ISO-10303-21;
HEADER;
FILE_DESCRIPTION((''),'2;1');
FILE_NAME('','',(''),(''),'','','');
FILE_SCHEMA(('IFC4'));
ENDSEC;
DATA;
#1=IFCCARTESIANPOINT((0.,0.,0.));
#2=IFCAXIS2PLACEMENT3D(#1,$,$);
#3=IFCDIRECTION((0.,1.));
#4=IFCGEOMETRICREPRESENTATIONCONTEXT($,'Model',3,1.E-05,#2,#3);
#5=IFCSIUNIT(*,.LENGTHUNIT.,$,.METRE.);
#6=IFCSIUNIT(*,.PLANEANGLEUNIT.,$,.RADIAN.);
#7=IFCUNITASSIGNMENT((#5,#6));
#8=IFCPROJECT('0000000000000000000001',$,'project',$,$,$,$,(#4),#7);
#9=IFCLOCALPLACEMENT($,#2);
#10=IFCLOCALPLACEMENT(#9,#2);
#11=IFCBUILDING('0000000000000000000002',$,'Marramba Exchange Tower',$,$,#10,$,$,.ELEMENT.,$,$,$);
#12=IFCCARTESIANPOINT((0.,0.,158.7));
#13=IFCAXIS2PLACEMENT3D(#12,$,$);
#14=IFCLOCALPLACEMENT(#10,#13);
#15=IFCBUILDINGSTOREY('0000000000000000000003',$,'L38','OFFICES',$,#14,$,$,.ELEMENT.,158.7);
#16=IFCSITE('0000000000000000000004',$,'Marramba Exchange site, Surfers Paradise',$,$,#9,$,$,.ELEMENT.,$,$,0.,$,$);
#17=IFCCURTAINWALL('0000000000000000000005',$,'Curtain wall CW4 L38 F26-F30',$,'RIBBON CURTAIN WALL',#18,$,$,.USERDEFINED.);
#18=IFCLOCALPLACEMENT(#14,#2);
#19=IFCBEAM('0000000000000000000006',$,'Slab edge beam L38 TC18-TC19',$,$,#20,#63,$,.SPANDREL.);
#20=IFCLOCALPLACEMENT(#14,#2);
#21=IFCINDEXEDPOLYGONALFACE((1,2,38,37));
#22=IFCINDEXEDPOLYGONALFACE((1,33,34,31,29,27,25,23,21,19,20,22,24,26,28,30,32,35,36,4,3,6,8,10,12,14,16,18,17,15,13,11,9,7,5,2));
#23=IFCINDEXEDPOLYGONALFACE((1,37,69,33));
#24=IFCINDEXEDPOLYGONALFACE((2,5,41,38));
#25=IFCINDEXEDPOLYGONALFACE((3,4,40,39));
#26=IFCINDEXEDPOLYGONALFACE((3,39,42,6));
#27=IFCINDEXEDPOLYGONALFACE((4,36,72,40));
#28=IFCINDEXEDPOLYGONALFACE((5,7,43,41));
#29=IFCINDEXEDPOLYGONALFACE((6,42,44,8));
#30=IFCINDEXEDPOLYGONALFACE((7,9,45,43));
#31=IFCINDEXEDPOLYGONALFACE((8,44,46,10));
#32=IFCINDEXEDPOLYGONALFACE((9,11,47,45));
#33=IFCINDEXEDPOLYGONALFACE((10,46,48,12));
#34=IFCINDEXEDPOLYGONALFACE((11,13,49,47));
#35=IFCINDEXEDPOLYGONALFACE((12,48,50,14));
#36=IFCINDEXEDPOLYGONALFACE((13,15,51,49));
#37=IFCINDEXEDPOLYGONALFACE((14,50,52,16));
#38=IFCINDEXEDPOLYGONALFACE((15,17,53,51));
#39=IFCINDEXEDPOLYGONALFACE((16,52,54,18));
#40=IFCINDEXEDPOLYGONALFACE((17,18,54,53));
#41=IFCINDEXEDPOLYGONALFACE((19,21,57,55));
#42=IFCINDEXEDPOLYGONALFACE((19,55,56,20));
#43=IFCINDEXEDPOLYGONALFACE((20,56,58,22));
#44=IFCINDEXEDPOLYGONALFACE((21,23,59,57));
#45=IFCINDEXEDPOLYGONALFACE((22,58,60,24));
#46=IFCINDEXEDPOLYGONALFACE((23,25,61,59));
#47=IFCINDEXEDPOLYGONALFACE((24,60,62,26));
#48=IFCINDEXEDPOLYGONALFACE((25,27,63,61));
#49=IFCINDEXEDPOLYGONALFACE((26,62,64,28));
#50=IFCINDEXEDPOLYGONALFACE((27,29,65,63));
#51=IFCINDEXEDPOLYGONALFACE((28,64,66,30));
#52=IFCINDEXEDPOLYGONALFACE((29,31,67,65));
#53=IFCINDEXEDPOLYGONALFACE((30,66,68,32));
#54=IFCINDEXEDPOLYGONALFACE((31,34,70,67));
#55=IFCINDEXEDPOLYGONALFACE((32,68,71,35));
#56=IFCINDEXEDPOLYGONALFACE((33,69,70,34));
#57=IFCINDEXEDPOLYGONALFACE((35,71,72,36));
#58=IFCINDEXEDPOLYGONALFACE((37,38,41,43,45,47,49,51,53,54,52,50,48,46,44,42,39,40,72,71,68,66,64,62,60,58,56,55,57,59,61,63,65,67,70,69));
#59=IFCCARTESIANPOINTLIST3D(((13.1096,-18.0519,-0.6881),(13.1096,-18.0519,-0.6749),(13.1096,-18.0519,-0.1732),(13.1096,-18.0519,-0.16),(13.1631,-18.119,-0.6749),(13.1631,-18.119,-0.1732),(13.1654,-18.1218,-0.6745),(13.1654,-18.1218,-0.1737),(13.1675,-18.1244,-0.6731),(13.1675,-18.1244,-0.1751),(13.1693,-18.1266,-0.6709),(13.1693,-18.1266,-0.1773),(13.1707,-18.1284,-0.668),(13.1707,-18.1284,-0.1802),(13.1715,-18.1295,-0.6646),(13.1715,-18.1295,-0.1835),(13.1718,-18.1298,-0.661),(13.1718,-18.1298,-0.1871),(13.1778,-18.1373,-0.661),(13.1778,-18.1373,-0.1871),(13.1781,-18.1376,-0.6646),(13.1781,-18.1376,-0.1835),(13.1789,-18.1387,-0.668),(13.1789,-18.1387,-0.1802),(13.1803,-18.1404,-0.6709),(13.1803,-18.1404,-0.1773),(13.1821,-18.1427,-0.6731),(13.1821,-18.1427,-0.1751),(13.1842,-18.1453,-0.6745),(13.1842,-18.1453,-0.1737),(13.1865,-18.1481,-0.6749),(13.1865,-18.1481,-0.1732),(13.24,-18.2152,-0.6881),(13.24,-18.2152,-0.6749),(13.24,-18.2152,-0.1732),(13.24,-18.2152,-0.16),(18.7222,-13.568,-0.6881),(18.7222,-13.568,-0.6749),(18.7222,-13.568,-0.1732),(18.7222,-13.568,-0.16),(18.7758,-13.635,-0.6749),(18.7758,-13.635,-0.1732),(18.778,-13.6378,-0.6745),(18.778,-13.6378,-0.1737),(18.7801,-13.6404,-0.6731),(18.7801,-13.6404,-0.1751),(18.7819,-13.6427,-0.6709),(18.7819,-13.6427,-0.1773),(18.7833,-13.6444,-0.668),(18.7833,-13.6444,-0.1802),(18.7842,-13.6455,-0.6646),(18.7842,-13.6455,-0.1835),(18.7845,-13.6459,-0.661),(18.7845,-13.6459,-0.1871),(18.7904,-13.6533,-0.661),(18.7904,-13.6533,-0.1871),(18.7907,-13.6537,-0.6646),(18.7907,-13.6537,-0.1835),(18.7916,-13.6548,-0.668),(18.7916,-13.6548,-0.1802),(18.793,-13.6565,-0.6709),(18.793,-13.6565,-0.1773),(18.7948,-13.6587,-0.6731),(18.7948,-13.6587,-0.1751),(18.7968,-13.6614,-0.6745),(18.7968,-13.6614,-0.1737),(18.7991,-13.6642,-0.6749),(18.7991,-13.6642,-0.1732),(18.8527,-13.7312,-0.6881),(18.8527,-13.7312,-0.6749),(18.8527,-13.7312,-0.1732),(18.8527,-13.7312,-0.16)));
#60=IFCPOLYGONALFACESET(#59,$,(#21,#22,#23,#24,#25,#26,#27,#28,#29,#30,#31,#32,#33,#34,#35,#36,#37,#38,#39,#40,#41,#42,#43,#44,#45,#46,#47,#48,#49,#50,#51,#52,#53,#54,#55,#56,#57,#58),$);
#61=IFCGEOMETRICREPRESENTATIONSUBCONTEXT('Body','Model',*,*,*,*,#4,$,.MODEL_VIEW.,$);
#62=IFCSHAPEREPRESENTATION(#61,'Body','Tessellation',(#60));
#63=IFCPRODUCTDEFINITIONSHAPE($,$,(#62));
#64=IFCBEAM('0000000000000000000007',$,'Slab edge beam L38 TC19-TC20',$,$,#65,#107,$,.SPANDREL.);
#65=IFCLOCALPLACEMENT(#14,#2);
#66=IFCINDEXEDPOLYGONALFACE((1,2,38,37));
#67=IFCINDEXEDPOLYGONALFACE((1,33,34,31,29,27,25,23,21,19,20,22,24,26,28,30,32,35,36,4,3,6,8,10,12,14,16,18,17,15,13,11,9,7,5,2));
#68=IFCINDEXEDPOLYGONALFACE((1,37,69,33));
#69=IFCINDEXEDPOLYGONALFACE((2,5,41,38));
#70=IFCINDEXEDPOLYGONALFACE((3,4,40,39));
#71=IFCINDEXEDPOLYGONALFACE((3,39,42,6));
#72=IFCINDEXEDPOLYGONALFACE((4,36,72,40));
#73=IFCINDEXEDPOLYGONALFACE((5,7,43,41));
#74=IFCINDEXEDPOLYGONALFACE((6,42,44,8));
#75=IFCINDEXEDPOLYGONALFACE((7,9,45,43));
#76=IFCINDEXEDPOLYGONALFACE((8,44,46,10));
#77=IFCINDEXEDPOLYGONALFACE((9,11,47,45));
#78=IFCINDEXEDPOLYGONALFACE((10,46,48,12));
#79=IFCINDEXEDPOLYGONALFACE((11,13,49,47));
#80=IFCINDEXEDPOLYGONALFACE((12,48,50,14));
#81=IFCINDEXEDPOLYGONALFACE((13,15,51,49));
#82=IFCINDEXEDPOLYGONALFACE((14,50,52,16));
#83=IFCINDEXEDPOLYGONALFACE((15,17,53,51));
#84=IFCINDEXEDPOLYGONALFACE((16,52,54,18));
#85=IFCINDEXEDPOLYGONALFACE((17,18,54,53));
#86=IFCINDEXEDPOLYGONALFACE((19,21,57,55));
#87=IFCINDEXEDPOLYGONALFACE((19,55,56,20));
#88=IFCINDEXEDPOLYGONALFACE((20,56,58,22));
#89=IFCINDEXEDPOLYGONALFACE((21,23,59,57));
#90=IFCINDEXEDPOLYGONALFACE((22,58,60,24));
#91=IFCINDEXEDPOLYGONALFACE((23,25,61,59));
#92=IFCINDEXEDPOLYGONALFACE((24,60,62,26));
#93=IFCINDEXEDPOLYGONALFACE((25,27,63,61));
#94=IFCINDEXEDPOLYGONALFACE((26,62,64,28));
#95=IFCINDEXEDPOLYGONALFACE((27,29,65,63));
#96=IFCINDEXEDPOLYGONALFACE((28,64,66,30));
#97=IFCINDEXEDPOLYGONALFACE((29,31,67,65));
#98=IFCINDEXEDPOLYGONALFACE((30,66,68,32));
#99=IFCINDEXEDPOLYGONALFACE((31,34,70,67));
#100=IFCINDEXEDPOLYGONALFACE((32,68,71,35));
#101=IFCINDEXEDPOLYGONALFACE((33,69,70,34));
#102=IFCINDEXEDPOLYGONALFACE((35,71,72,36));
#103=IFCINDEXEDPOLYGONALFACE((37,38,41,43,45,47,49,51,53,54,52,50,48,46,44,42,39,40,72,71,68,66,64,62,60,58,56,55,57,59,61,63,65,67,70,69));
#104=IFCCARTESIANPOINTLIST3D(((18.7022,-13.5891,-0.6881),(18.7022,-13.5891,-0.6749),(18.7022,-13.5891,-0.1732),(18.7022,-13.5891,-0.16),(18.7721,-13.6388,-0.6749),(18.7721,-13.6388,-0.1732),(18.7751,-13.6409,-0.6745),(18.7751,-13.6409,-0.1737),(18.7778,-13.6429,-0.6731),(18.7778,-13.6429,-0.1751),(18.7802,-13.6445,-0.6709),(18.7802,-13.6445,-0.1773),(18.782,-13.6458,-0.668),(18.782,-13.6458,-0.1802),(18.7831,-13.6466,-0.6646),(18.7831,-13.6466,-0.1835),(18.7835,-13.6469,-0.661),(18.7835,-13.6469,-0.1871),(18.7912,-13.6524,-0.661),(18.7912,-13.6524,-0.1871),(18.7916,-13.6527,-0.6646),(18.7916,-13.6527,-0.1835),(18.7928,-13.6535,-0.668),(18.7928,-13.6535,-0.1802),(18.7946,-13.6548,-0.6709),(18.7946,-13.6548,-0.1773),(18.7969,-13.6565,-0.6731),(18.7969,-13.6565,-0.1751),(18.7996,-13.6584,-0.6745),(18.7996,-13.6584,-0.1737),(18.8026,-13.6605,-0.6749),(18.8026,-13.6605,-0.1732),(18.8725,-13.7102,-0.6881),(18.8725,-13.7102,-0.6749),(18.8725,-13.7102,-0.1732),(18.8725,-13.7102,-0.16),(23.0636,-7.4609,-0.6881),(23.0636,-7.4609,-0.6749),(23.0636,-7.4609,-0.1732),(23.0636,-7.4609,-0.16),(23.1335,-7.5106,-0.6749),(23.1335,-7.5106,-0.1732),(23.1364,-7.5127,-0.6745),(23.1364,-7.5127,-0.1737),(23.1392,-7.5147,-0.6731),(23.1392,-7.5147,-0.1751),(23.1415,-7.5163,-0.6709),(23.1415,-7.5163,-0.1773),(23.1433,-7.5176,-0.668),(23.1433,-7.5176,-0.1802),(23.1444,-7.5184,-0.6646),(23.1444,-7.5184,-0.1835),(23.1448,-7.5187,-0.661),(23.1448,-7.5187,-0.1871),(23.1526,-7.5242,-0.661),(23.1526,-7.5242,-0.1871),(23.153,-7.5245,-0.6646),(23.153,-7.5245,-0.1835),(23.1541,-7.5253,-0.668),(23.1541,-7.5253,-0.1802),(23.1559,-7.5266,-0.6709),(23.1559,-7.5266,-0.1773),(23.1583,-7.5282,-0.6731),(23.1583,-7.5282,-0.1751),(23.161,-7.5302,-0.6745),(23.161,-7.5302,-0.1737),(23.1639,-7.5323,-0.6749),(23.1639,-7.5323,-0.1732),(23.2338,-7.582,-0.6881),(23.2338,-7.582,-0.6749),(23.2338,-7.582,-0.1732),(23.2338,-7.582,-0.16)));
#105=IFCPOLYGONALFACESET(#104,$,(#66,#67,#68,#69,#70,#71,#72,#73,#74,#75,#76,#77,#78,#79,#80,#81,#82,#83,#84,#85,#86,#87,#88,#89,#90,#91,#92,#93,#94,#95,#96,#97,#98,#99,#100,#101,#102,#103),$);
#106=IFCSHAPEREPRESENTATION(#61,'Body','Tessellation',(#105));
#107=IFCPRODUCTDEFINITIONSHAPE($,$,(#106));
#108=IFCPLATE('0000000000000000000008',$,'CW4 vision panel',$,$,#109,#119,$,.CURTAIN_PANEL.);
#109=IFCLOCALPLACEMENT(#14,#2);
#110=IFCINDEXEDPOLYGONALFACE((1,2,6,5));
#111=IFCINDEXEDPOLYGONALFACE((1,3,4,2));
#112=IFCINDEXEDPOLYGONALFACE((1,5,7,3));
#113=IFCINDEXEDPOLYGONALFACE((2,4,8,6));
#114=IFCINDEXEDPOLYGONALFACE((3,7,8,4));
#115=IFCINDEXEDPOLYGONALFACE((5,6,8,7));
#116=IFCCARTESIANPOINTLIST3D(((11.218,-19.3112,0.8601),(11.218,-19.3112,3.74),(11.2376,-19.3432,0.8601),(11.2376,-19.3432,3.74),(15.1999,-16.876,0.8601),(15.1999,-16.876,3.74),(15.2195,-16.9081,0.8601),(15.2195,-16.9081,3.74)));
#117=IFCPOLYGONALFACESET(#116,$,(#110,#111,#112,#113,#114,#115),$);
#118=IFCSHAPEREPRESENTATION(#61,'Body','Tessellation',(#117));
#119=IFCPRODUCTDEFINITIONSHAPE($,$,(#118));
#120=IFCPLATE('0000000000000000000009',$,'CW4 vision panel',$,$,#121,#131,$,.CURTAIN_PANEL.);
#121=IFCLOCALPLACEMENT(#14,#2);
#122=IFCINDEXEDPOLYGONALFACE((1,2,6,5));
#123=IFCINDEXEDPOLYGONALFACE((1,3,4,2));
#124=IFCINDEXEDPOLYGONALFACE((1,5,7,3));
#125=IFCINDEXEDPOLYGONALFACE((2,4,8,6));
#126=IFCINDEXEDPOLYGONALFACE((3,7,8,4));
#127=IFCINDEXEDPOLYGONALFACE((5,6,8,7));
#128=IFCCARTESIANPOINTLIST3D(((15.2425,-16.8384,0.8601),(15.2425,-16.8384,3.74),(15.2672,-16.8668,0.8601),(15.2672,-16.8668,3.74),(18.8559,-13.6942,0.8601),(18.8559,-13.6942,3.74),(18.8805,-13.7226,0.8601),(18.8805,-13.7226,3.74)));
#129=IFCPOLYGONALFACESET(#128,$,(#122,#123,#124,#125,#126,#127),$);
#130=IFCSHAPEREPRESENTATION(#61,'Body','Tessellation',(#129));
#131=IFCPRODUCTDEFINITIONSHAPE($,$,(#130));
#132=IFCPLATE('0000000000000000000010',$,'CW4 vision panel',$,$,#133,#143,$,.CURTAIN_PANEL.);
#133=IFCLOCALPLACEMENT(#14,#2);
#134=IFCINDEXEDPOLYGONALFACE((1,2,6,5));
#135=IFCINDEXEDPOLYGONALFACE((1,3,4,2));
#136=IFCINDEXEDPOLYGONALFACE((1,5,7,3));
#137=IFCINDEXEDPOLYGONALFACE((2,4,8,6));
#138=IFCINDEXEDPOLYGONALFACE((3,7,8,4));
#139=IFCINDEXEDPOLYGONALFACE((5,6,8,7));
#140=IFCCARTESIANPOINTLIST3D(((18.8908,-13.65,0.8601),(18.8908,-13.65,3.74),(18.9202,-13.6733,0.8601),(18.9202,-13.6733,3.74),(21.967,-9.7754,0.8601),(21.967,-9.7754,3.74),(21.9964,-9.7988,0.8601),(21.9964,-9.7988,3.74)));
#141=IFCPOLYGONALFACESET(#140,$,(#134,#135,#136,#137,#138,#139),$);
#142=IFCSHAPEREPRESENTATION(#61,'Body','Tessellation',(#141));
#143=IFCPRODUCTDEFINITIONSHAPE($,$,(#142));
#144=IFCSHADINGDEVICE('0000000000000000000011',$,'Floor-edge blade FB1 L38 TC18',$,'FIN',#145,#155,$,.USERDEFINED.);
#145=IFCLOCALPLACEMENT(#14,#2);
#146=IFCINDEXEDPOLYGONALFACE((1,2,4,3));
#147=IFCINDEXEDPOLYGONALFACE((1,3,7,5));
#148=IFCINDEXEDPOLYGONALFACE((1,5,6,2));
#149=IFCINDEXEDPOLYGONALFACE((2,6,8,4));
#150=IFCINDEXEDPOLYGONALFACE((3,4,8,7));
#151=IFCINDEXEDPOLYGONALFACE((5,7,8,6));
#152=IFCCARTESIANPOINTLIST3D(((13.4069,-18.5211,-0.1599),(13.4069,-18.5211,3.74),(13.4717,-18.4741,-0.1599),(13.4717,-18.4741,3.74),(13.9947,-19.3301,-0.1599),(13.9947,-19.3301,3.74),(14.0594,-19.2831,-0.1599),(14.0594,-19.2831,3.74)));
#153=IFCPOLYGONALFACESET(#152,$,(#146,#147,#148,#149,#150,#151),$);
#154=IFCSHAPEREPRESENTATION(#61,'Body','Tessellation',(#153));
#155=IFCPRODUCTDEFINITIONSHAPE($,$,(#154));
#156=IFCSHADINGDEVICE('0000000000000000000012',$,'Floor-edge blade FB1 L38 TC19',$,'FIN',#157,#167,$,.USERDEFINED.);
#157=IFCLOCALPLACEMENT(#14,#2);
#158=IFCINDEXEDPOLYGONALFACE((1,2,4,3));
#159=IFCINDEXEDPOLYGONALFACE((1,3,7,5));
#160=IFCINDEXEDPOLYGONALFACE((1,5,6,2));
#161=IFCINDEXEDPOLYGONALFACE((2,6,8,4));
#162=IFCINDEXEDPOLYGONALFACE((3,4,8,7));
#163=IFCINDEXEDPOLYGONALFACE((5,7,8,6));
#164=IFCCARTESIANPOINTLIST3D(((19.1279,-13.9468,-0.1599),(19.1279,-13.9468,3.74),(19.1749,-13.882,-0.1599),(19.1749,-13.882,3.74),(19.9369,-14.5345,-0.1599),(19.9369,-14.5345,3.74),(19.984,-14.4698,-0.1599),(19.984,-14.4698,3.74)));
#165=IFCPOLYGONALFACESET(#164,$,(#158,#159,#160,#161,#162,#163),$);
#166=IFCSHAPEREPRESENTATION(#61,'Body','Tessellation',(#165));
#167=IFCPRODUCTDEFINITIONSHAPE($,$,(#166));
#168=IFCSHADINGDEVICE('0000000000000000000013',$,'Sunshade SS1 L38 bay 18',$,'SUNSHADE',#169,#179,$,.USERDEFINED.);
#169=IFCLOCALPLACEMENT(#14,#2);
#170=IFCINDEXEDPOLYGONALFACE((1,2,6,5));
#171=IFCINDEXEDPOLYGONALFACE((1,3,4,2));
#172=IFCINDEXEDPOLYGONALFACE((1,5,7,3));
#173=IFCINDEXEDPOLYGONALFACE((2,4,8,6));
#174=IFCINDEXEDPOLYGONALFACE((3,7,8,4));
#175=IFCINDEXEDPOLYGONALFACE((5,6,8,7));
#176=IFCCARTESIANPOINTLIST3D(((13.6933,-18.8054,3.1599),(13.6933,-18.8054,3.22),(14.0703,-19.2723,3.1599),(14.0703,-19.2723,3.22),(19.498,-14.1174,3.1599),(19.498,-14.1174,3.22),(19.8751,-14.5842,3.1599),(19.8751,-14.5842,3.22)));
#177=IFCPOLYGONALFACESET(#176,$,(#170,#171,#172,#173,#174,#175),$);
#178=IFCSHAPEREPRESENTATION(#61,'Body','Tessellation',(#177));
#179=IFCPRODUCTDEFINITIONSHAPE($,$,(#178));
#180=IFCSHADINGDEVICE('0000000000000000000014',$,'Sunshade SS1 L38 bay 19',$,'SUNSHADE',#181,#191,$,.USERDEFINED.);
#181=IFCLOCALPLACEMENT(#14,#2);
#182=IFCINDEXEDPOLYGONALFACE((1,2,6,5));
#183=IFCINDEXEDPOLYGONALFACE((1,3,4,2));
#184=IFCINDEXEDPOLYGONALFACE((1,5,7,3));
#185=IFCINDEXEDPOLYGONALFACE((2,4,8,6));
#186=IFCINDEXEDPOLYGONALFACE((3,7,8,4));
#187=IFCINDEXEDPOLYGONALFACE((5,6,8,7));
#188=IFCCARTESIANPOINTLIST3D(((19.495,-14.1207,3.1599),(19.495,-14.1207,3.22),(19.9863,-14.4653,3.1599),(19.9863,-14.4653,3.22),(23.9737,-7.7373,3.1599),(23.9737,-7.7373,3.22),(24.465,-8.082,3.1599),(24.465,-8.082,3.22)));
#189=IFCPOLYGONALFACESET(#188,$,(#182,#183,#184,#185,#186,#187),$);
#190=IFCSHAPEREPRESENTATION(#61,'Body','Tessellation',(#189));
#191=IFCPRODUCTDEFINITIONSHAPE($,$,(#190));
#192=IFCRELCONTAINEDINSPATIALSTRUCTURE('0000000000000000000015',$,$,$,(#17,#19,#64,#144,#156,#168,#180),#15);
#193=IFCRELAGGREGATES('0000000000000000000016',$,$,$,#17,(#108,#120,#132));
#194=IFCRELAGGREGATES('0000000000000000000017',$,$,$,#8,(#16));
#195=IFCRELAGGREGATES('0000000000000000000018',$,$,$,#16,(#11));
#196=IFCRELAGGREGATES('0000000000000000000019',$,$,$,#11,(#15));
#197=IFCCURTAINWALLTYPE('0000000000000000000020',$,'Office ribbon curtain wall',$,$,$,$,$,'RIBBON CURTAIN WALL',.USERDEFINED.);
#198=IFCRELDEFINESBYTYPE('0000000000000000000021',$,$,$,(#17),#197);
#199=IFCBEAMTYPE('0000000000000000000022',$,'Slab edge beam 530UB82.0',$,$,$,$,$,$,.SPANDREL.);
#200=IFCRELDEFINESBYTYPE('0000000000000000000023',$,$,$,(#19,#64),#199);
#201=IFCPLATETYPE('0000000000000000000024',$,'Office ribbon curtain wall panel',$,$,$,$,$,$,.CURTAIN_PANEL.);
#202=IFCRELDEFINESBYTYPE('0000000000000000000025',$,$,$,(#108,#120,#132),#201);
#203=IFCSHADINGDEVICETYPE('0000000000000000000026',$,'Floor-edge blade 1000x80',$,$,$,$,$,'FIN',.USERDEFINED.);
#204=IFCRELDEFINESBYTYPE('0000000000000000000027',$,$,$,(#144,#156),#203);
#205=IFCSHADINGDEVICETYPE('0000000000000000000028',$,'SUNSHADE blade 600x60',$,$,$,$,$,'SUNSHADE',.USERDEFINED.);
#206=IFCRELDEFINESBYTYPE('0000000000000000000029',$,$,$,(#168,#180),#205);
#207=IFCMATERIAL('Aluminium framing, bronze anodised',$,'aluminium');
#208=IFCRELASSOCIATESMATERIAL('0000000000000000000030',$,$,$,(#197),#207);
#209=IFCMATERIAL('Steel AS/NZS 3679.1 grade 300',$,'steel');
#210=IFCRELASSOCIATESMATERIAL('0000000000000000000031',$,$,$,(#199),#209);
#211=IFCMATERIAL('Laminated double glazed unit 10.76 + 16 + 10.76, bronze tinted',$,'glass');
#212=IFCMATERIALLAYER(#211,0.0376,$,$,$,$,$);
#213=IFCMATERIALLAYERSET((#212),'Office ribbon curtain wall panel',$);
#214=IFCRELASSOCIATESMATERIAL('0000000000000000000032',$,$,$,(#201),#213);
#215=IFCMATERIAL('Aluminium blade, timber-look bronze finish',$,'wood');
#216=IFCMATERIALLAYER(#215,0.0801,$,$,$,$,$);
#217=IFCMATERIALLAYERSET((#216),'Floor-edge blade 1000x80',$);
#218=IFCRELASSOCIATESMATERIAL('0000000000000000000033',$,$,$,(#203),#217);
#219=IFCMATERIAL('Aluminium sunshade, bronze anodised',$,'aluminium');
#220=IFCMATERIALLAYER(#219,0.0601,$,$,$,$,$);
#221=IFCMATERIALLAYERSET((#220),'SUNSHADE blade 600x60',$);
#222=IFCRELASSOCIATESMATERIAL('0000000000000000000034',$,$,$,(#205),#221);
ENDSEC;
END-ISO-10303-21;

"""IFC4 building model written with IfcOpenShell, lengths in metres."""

from ifc_helpers import new_model, si_unit, direction, frame, origin, origin_2d, place, context, subcontext, project, spatial, rectangle, i_section, extrude, material, layer, layer_set, material_profile, profile_set, type_object, element, aggregate, save


model = new_model("IFC4")

# Units and contexts
model_context = context("Model", 3, precision=1e-05, world=origin(), true_north=direction((0.0, 1.0)))
body_context = subcontext(model_context, "Body", "Model", "MODEL_VIEW")
ifc_project = project(units=[si_unit("LENGTHUNIT", "METRE"), si_unit("PLANEANGLEUNIT", "RADIAN")], contexts=[model_context])

# Site, building, storey
site_placement = place(None, origin())
site = spatial("IfcSite", under=ifc_project, at=site_placement, Name="Marramba Exchange site, Surfers Paradise", CompositionType="ELEMENT", RefElevation=0.0)
building_placement = place(site_placement, origin())
building = spatial("IfcBuilding", under=site, at=building_placement, Name="Marramba Exchange Tower", CompositionType="ELEMENT")
storey_placement = place(building_placement, frame((0.0, 0.0, 158.7)))
storey = spatial("IfcBuildingStorey", under=building, at=storey_placement, Name="L38", Description="OFFICES", CompositionType="ELEMENT", Elevation=158.7)

# Curtain wall
ifc_material_1 = material(Name="Aluminium framing, bronze anodised", Category="aluminium")
curtain_wall_type = type_object("IfcCurtainWallType", Name="Office ribbon curtain wall", ElementType="RIBBON CURTAIN WALL", PredefinedType="USERDEFINED", material=ifc_material_1)
curtain_wall_placement = place(storey_placement, origin())
curtain_wall = element("IfcCurtainWall", 1, at=curtain_wall_placement, inside=storey, type_object=curtain_wall_type, Name="Curtain wall CW4 L38 F26-F30", ObjectType="RIBBON CURTAIN WALL", PredefinedType="USERDEFINED")

# Beams
ifc_material_2 = material(Name="Steel AS/NZS 3679.1 grade 300", Category="steel")
ifc_material_profile_1 = material_profile(ifc_material_2, i_section(OverallWidth=0.209, OverallDepth=0.5281, WebThickness=0.0095, FlangeThickness=0.0132, FilletRadius=0.0139, at=origin_2d()), Name="530UB82.0")
ifc_profile_set_1 = profile_set([ifc_material_profile_1], Name="Steel AS/NZS 3679.1 grade 300")
beam_type_1 = type_object("IfcBeamType", Name="Slab edge beam 530UB82.0", PredefinedType="SPANDREL", material=ifc_profile_set_1)
beam_1_placement = place(storey_placement, frame((13.1748, -18.1335, -0.4241), z_axis=(0.781286, 0.624173, 0.0), x_axis=(-0.624173, 0.781286, 0.0)))
element("IfcBeam", 2, at=beam_1_placement, inside=storey, type_object=beam_type_1, Name="Slab edge beam L38 TC18-TC19", PredefinedType="SPANDREL", context=body_context, shape_type="SweptSolid", body=[
    extrude(i_section(OverallWidth=0.209, OverallDepth=0.5281, WebThickness=0.0095, FlangeThickness=0.0132, FilletRadius=0.0139, at=origin_2d()), origin(), (0.0, 0.0, 1.0), 7.1838),
])
beam_2_placement = place(storey_placement, frame((18.7874, -13.6497, -0.4241), z_axis=(0.579834, 0.814735, 0.0), x_axis=(-0.814735, 0.579834, 0.0)))
element("IfcBeam", 3, at=beam_2_placement, inside=storey, type_object=beam_type_1, Name="Slab edge beam L38 TC19-TC20", PredefinedType="SPANDREL", context=body_context, shape_type="SweptSolid", body=[
    extrude(i_section(OverallWidth=0.209, OverallDepth=0.5281, WebThickness=0.0095, FlangeThickness=0.0132, FilletRadius=0.0139, at=origin_2d()), origin(), (0.0, 0.0, 1.0), 7.5217),
])

# Plates
ifc_material_3 = material(Name="Laminated double glazed unit 10.76 + 16 + 10.76, bronze tinted", Category="glass")
ifc_layer_1 = layer(ifc_material_3, 0.0376)
ifc_layer_set_1 = layer_set([ifc_layer_1], Name="Office ribbon curtain wall panel")
plate_type = type_object("IfcPlateType", Name="Office ribbon curtain wall panel", PredefinedType="CURTAIN_PANEL", material=ifc_layer_set_1)
plate_1_placement = place(storey_placement, frame((13.2188, -18.1096, 0.8601), z_axis=(0.0, 0.0, 1.0), x_axis=(0.853109, 0.521733, 0.0)))
plate_1 = element("IfcPlate", 4, at=plate_1_placement, type_object=plate_type, Name="CW4 vision panel", PredefinedType="CURTAIN_PANEL", context=body_context, shape_type="SweptSolid", body=[
    extrude(rectangle(XDim=4.6675, YDim=0.0376, at=origin_2d()), origin(), (0.0, 0.0, 1.0), 2.8799),
])
plate_2_placement = place(storey_placement, frame((17.0615, -15.2805, 0.8601), z_axis=(0.0, 0.0, 1.0), x_axis=(0.754386, 0.656432, 0.0)))
plate_2 = element("IfcPlate", 5, at=plate_2_placement, type_object=plate_type, Name="CW4 vision panel", PredefinedType="CURTAIN_PANEL", context=body_context, shape_type="SweptSolid", body=[
    extrude(rectangle(XDim=4.7898, YDim=0.0376, at=origin_2d()), origin(), (0.0, 0.0, 1.0), 2.8799),
])
plate_3_placement = place(storey_placement, frame((20.4436, -11.7244, 0.8601), z_axis=(0.0, 0.0, 1.0), x_axis=(0.621807, 0.78317, 0.0)))
plate_3 = element("IfcPlate", 6, at=plate_3_placement, type_object=plate_type, Name="CW4 vision panel", PredefinedType="CURTAIN_PANEL", context=body_context, shape_type="SweptSolid", body=[
    extrude(rectangle(XDim=4.9473, YDim=0.0376, at=origin_2d()), origin(), (0.0, 0.0, 1.0), 2.8799),
])
aggregate(curtain_wall, [plate_1, plate_2, plate_3])

# Shading devices
ifc_material_4 = material(Name="Aluminium blade, timber-look bronze finish", Category="wood")
ifc_layer_2 = layer(ifc_material_4, 0.0801)
ifc_layer_set_2 = layer_set([ifc_layer_2], Name="Floor-edge blade 1000x80")
shading_device_type_1 = type_object("IfcShadingDeviceType", Name="Floor-edge blade 1000x80", ElementType="FIN", PredefinedType="USERDEFINED", material=ifc_layer_set_2)
for number, where, z_axis, x_axis, name in (
    (7, (13.7332, -18.9021, -0.1599), (0.0, 0.0, 1.0), (0.587785, -0.809017, 0.0), "Floor-edge blade FB1 L38 TC18"),
    (8, (19.5559, -14.2083, -0.1599), (0.0, 0.0, 1.0), (0.809017, -0.587785, 0.0), "Floor-edge blade FB1 L38 TC19"),
):
    element("IfcShadingDevice", number, at=place(storey_placement, frame(where, z_axis=z_axis, x_axis=x_axis)), inside=storey, type_object=shading_device_type_1, Name=name, ObjectType="FIN", PredefinedType="USERDEFINED", context=body_context, shape_type="SweptSolid", body=[
        extrude(rectangle(XDim=1.0, YDim=0.0801, at=origin_2d()), origin(), (0.0, 0.0, 1.0), 3.8999),
    ])
ifc_material_5 = material(Name="Aluminium sunshade, bronze anodised", Category="aluminium")
ifc_layer_3 = layer(ifc_material_5, 0.0601)
ifc_layer_set_3 = layer_set([ifc_layer_3], Name="SUNSHADE blade 600x60")
shading_device_type_2 = type_object("IfcShadingDeviceType", Name="SUNSHADE blade 600x60", ElementType="SUNSHADE", PredefinedType="USERDEFINED", material=ifc_layer_set_3)
shading_device_1_placement = place(storey_placement, frame((16.7842, -16.6948, 3.1599), z_axis=(0.0, 0.0, 1.0), x_axis=(0.777962, 0.628311, 0.0)))
element("IfcShadingDevice", 9, at=shading_device_1_placement, inside=storey, type_object=shading_device_type_2, Name="Sunshade SS1 L38 bay 18", ObjectType="SUNSHADE", PredefinedType="USERDEFINED", context=body_context, shape_type="SweptSolid", body=[
    extrude(rectangle(XDim=7.4614, YDim=0.6001, at=origin_2d()), origin(), (0.0, 0.0, 1.0), 0.0601),
])
shading_device_2_placement = place(storey_placement, frame((21.98, -11.1013, 3.1599), z_axis=(0.0, 0.0, 1.0), x_axis=(0.574351, 0.818609, 0.0)))
element("IfcShadingDevice", 10, at=shading_device_2_placement, inside=storey, type_object=shading_device_type_2, Name="Sunshade SS1 L38 bay 19", ObjectType="SUNSHADE", PredefinedType="USERDEFINED", context=body_context, shape_type="SweptSolid", body=[
    extrude(rectangle(XDim=7.7979, YDim=0.6001, at=origin_2d()), origin(), (0.0, 0.0, 1.0), 0.0601),
])

save(model, "model.ifc")
